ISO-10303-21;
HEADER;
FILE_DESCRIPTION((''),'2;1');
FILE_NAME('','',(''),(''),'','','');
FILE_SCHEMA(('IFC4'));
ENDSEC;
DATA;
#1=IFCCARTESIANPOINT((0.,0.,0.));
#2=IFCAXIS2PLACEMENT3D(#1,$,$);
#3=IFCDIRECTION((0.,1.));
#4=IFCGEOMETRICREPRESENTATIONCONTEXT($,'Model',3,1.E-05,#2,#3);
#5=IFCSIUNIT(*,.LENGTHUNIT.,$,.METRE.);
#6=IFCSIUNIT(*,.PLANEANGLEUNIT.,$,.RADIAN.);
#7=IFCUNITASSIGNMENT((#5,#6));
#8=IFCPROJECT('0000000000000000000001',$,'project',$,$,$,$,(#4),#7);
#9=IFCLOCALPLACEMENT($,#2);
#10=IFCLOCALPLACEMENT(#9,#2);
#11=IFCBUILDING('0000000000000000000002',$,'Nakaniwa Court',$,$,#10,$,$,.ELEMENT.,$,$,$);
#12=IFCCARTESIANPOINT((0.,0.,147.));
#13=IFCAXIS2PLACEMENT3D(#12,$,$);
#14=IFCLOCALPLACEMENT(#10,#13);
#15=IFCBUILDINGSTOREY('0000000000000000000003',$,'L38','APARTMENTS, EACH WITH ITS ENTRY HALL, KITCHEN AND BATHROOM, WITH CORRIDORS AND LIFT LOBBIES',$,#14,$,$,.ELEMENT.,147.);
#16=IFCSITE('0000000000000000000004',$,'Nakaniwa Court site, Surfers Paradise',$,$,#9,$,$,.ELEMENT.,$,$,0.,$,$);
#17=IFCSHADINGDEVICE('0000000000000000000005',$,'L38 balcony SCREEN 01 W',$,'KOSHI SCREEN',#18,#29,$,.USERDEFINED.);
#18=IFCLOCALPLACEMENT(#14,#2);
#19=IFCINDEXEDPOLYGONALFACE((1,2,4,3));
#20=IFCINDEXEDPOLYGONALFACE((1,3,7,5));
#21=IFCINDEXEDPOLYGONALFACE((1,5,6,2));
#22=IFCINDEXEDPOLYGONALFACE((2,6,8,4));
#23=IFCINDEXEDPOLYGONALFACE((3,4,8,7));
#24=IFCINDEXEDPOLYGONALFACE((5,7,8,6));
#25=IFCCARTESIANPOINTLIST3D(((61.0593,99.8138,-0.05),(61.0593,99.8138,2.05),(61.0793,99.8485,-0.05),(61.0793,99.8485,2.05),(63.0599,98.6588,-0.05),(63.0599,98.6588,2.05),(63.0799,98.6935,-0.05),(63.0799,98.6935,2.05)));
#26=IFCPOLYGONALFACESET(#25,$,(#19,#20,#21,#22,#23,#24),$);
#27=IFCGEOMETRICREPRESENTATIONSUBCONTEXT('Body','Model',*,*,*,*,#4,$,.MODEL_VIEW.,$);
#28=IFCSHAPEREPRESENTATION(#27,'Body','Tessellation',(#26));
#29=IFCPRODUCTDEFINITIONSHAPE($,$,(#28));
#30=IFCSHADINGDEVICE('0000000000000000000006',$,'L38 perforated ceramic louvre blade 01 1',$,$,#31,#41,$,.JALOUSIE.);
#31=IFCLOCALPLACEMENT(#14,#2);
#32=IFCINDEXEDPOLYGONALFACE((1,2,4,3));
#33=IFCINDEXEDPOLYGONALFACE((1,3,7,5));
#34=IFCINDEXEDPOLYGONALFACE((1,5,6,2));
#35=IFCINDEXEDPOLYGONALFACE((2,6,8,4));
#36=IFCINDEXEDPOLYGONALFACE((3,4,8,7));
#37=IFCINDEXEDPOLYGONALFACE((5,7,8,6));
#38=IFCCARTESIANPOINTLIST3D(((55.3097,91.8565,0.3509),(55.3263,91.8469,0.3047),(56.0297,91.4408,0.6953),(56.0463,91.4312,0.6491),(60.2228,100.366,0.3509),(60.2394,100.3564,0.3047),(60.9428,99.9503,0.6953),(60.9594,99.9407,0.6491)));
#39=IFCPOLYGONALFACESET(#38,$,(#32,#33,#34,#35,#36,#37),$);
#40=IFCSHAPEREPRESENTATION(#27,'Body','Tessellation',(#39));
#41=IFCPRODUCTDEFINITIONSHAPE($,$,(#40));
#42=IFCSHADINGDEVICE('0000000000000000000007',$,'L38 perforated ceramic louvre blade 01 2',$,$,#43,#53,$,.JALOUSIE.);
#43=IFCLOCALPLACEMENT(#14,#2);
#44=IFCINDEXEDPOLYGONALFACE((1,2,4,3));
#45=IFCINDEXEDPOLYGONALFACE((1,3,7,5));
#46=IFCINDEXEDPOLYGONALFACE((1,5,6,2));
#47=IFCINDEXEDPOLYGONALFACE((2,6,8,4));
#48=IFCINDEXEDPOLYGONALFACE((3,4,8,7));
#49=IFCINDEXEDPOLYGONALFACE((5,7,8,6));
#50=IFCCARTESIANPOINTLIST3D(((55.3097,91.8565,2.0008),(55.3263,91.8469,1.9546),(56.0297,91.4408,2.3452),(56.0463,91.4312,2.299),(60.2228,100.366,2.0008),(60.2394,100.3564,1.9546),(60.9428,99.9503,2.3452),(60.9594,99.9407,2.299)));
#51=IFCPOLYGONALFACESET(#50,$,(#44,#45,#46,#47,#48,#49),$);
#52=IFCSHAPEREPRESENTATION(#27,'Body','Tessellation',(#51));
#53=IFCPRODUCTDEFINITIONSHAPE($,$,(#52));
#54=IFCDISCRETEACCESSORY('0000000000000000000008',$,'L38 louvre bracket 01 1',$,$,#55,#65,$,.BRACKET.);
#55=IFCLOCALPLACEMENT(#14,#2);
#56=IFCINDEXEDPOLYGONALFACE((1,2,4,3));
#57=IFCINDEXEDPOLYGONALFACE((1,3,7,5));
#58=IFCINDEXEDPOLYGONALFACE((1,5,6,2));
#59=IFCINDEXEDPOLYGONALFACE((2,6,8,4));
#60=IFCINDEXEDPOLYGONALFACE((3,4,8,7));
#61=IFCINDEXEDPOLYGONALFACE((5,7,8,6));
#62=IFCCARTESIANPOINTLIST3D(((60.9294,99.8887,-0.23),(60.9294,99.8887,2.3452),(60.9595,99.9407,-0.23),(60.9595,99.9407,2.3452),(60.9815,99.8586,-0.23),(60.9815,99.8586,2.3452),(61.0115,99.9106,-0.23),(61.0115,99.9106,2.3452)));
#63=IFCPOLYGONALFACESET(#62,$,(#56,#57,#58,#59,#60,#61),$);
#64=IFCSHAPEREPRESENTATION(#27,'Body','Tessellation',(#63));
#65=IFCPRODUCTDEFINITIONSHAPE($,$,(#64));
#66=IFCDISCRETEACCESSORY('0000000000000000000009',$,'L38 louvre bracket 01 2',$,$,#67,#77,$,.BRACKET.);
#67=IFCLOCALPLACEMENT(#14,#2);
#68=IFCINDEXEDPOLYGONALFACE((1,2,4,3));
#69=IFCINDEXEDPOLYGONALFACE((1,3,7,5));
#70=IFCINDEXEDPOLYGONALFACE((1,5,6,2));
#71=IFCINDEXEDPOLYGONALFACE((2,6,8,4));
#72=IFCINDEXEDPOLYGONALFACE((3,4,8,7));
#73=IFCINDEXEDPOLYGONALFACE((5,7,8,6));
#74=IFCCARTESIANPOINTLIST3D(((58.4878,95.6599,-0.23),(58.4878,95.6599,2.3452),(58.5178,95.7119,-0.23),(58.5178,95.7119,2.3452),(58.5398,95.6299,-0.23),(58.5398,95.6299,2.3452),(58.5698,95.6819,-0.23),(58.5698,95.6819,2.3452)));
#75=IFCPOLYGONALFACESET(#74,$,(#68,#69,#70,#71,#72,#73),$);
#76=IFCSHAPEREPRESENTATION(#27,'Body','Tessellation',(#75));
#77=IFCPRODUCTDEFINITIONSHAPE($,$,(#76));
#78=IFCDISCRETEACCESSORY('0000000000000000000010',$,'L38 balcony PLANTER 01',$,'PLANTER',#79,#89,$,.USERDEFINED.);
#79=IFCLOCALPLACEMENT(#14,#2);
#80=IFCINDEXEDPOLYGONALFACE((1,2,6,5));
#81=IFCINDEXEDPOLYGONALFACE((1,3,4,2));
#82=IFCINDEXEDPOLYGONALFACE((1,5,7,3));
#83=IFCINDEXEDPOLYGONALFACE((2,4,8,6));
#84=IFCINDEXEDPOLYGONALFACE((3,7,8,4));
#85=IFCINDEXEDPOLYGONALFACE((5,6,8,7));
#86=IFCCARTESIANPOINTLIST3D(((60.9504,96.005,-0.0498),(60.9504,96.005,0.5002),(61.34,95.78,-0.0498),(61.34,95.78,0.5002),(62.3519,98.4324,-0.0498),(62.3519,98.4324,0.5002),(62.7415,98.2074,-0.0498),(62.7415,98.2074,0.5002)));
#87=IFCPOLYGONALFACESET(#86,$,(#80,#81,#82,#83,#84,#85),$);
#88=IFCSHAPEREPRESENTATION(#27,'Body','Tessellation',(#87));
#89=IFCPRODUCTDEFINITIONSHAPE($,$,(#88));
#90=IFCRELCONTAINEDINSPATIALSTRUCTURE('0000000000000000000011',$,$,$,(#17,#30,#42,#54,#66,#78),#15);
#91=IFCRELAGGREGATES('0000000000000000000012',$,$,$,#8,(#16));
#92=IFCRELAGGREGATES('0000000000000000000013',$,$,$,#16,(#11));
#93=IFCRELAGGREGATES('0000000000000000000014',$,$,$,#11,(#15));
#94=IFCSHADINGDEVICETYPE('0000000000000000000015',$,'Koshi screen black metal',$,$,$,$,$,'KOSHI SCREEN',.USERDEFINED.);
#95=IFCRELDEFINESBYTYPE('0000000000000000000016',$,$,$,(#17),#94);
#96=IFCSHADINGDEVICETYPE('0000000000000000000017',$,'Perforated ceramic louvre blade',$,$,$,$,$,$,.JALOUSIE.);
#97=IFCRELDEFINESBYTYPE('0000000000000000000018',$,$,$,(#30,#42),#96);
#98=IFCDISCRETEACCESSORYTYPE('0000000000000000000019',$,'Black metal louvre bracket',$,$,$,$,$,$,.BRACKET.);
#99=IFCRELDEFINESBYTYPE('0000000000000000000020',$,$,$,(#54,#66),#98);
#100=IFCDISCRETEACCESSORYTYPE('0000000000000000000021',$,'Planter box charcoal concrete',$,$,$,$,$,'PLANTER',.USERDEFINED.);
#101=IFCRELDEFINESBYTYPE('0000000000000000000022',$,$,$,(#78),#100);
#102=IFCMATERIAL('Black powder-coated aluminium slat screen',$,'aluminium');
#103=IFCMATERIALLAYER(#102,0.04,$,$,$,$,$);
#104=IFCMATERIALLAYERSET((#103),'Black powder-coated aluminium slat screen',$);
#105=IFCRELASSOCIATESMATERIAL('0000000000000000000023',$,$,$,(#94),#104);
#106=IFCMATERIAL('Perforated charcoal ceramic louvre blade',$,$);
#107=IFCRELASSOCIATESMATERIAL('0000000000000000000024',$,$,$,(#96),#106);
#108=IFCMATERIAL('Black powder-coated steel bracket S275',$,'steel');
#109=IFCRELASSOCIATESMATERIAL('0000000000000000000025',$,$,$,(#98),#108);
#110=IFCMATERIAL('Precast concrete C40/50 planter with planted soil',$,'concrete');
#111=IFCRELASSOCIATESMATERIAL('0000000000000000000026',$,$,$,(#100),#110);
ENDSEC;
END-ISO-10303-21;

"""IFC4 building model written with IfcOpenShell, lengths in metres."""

from ifc_helpers import new_model, si_unit, direction, frame, origin, origin_2d, place, context, subcontext, project, spatial, rectangle, extrude, material, layer, layer_set, material_profile, profile_set, type_object, element, save


model = new_model("IFC4")

# Units and contexts
model_context = context("Model", 3, precision=1e-05, world=origin(), true_north=direction((0.0, 1.0)))
body_context = subcontext(model_context, "Body", "Model", "MODEL_VIEW")
ifc_project = project(units=[si_unit("LENGTHUNIT", "METRE"), si_unit("PLANEANGLEUNIT", "RADIAN")], contexts=[model_context])

# Site, building, storey
site_placement = place(None, origin())
site = spatial("IfcSite", under=ifc_project, at=site_placement, Name="Nakaniwa Court site, Surfers Paradise", CompositionType="ELEMENT", RefElevation=0.0)
building_placement = place(site_placement, origin())
building = spatial("IfcBuilding", under=site, at=building_placement, Name="Nakaniwa Court", CompositionType="ELEMENT")
storey_placement = place(building_placement, frame((0.0, 0.0, 147.0)))
storey = spatial("IfcBuildingStorey", under=building, at=storey_placement, Name="L38", Description="APARTMENTS, EACH WITH ITS ENTRY HALL, KITCHEN AND BATHROOM, WITH CORRIDORS AND LIFT LOBBIES", CompositionType="ELEMENT", Elevation=147.0)

# Shading devices
ifc_material_1 = material(Name="Black powder-coated aluminium slat screen", Category="aluminium")
ifc_layer_1 = layer(ifc_material_1, 0.04)
ifc_layer_set_1 = layer_set([ifc_layer_1], Name="Black powder-coated aluminium slat screen")
shading_device_type_1 = type_object("IfcShadingDeviceType", Name="Koshi screen black metal", ElementType="KOSHI SCREEN", PredefinedType="USERDEFINED", material=ifc_layer_set_1)
shading_device_placement = place(storey_placement, frame((62.0696, 99.2537, -0.05), z_axis=(0.0, 0.0, 1.0), x_axis=(-0.500005, -0.866023, 0.0)))
element("IfcShadingDevice", 1, at=shading_device_placement, inside=storey, type_object=shading_device_type_1, Name="L38 balcony SCREEN 01 W", ObjectType="KOSHI SCREEN", PredefinedType="USERDEFINED", context=body_context, shape_type="SweptSolid", body=[
    extrude(rectangle(XDim=0.04, YDim=2.3101, at=origin_2d()), origin(), (0.0, 0.0, 1.0), 2.1001),
])
ifc_material_2 = material(Name="Perforated charcoal ceramic louvre blade")
ifc_material_profile_1 = material_profile(ifc_material_2, rectangle(XDim=0.8999, YDim=0.05, at=origin_2d()), Name="Perforated ceramic louvre blade")
ifc_profile_set_1 = profile_set([ifc_material_profile_1], Name="Perforated charcoal ceramic louvre blade")
shading_device_type_2 = type_object("IfcShadingDeviceType", Name="Perforated ceramic louvre blade", PredefinedType="JALOUSIE", material=ifc_profile_set_1)
for number, where, z_axis, x_axis, name in (
    (2, (60.5911, 100.1533, 0.5), (-0.500009, -0.86602, 0.0), (0.800099, -0.461948, 0.382683), "L38 perforated ceramic louvre blade 01 1"),
    (3, (60.5911, 100.1533, 2.1499), (-0.500009, -0.86602, 0.0), (0.800099, -0.461948, 0.382683), "L38 perforated ceramic louvre blade 01 2"),
):
    element("IfcShadingDevice", number, at=place(storey_placement, frame(where, z_axis=z_axis, x_axis=x_axis)), inside=storey, type_object=shading_device_type_2, Name=name, PredefinedType="JALOUSIE", context=body_context, shape_type="SweptSolid", body=[
        extrude(rectangle(XDim=0.8999, YDim=0.05, at=origin_2d()), origin(), (0.0, 0.0, 1.0), 9.8259),
    ])

# Discrete accessories
ifc_material_3 = material(Name="Black powder-coated steel bracket S275", Category="steel")
discrete_accessory_type_1 = type_object("IfcDiscreteAccessoryType", Name="Black metal louvre bracket", PredefinedType="BRACKET", material=ifc_material_3)
for number, where, z_axis, x_axis, name in (
    (4, (60.9705, 99.8997, -0.23), (0.0, 0.0, 1.0), (-0.500005, -0.866023, 0.0), "L38 louvre bracket 01 1"),
    (5, (58.5288, 95.6709, -0.23), (0.0, 0.0, 1.0), (-0.500005, -0.866023, 0.0), "L38 louvre bracket 01 2"),
):
    element("IfcDiscreteAccessory", number, at=place(storey_placement, frame(where, z_axis=z_axis, x_axis=x_axis)), inside=storey, type_object=discrete_accessory_type_1, Name=name, PredefinedType="BRACKET", context=body_context, shape_type="SweptSolid", body=[
        extrude(rectangle(XDim=0.0601, YDim=0.0601, at=origin_2d()), origin(), (0.0, 0.0, 1.0), 2.5752),
    ])
ifc_material_4 = material(Name="Precast concrete C40/50 planter with planted soil", Category="concrete")
discrete_accessory_type_2 = type_object("IfcDiscreteAccessoryType", Name="Planter box charcoal concrete", ElementType="PLANTER", PredefinedType="USERDEFINED", material=ifc_material_4)
discrete_accessory_placement = place(storey_placement, frame((61.8459, 97.1062, -0.0498), z_axis=(0.0, 0.0, 1.0), x_axis=(-0.500005, -0.866023, 0.0)))
element("IfcDiscreteAccessory", 6, at=discrete_accessory_placement, inside=storey, type_object=discrete_accessory_type_2, Name="L38 balcony PLANTER 01", ObjectType="PLANTER", PredefinedType="USERDEFINED", context=body_context, shape_type="SweptSolid", body=[
    extrude(rectangle(XDim=2.803, YDim=0.45, at=origin_2d()), origin(), (0.0, 0.0, 1.0), 0.55),
])

save(model, "model.ifc")
